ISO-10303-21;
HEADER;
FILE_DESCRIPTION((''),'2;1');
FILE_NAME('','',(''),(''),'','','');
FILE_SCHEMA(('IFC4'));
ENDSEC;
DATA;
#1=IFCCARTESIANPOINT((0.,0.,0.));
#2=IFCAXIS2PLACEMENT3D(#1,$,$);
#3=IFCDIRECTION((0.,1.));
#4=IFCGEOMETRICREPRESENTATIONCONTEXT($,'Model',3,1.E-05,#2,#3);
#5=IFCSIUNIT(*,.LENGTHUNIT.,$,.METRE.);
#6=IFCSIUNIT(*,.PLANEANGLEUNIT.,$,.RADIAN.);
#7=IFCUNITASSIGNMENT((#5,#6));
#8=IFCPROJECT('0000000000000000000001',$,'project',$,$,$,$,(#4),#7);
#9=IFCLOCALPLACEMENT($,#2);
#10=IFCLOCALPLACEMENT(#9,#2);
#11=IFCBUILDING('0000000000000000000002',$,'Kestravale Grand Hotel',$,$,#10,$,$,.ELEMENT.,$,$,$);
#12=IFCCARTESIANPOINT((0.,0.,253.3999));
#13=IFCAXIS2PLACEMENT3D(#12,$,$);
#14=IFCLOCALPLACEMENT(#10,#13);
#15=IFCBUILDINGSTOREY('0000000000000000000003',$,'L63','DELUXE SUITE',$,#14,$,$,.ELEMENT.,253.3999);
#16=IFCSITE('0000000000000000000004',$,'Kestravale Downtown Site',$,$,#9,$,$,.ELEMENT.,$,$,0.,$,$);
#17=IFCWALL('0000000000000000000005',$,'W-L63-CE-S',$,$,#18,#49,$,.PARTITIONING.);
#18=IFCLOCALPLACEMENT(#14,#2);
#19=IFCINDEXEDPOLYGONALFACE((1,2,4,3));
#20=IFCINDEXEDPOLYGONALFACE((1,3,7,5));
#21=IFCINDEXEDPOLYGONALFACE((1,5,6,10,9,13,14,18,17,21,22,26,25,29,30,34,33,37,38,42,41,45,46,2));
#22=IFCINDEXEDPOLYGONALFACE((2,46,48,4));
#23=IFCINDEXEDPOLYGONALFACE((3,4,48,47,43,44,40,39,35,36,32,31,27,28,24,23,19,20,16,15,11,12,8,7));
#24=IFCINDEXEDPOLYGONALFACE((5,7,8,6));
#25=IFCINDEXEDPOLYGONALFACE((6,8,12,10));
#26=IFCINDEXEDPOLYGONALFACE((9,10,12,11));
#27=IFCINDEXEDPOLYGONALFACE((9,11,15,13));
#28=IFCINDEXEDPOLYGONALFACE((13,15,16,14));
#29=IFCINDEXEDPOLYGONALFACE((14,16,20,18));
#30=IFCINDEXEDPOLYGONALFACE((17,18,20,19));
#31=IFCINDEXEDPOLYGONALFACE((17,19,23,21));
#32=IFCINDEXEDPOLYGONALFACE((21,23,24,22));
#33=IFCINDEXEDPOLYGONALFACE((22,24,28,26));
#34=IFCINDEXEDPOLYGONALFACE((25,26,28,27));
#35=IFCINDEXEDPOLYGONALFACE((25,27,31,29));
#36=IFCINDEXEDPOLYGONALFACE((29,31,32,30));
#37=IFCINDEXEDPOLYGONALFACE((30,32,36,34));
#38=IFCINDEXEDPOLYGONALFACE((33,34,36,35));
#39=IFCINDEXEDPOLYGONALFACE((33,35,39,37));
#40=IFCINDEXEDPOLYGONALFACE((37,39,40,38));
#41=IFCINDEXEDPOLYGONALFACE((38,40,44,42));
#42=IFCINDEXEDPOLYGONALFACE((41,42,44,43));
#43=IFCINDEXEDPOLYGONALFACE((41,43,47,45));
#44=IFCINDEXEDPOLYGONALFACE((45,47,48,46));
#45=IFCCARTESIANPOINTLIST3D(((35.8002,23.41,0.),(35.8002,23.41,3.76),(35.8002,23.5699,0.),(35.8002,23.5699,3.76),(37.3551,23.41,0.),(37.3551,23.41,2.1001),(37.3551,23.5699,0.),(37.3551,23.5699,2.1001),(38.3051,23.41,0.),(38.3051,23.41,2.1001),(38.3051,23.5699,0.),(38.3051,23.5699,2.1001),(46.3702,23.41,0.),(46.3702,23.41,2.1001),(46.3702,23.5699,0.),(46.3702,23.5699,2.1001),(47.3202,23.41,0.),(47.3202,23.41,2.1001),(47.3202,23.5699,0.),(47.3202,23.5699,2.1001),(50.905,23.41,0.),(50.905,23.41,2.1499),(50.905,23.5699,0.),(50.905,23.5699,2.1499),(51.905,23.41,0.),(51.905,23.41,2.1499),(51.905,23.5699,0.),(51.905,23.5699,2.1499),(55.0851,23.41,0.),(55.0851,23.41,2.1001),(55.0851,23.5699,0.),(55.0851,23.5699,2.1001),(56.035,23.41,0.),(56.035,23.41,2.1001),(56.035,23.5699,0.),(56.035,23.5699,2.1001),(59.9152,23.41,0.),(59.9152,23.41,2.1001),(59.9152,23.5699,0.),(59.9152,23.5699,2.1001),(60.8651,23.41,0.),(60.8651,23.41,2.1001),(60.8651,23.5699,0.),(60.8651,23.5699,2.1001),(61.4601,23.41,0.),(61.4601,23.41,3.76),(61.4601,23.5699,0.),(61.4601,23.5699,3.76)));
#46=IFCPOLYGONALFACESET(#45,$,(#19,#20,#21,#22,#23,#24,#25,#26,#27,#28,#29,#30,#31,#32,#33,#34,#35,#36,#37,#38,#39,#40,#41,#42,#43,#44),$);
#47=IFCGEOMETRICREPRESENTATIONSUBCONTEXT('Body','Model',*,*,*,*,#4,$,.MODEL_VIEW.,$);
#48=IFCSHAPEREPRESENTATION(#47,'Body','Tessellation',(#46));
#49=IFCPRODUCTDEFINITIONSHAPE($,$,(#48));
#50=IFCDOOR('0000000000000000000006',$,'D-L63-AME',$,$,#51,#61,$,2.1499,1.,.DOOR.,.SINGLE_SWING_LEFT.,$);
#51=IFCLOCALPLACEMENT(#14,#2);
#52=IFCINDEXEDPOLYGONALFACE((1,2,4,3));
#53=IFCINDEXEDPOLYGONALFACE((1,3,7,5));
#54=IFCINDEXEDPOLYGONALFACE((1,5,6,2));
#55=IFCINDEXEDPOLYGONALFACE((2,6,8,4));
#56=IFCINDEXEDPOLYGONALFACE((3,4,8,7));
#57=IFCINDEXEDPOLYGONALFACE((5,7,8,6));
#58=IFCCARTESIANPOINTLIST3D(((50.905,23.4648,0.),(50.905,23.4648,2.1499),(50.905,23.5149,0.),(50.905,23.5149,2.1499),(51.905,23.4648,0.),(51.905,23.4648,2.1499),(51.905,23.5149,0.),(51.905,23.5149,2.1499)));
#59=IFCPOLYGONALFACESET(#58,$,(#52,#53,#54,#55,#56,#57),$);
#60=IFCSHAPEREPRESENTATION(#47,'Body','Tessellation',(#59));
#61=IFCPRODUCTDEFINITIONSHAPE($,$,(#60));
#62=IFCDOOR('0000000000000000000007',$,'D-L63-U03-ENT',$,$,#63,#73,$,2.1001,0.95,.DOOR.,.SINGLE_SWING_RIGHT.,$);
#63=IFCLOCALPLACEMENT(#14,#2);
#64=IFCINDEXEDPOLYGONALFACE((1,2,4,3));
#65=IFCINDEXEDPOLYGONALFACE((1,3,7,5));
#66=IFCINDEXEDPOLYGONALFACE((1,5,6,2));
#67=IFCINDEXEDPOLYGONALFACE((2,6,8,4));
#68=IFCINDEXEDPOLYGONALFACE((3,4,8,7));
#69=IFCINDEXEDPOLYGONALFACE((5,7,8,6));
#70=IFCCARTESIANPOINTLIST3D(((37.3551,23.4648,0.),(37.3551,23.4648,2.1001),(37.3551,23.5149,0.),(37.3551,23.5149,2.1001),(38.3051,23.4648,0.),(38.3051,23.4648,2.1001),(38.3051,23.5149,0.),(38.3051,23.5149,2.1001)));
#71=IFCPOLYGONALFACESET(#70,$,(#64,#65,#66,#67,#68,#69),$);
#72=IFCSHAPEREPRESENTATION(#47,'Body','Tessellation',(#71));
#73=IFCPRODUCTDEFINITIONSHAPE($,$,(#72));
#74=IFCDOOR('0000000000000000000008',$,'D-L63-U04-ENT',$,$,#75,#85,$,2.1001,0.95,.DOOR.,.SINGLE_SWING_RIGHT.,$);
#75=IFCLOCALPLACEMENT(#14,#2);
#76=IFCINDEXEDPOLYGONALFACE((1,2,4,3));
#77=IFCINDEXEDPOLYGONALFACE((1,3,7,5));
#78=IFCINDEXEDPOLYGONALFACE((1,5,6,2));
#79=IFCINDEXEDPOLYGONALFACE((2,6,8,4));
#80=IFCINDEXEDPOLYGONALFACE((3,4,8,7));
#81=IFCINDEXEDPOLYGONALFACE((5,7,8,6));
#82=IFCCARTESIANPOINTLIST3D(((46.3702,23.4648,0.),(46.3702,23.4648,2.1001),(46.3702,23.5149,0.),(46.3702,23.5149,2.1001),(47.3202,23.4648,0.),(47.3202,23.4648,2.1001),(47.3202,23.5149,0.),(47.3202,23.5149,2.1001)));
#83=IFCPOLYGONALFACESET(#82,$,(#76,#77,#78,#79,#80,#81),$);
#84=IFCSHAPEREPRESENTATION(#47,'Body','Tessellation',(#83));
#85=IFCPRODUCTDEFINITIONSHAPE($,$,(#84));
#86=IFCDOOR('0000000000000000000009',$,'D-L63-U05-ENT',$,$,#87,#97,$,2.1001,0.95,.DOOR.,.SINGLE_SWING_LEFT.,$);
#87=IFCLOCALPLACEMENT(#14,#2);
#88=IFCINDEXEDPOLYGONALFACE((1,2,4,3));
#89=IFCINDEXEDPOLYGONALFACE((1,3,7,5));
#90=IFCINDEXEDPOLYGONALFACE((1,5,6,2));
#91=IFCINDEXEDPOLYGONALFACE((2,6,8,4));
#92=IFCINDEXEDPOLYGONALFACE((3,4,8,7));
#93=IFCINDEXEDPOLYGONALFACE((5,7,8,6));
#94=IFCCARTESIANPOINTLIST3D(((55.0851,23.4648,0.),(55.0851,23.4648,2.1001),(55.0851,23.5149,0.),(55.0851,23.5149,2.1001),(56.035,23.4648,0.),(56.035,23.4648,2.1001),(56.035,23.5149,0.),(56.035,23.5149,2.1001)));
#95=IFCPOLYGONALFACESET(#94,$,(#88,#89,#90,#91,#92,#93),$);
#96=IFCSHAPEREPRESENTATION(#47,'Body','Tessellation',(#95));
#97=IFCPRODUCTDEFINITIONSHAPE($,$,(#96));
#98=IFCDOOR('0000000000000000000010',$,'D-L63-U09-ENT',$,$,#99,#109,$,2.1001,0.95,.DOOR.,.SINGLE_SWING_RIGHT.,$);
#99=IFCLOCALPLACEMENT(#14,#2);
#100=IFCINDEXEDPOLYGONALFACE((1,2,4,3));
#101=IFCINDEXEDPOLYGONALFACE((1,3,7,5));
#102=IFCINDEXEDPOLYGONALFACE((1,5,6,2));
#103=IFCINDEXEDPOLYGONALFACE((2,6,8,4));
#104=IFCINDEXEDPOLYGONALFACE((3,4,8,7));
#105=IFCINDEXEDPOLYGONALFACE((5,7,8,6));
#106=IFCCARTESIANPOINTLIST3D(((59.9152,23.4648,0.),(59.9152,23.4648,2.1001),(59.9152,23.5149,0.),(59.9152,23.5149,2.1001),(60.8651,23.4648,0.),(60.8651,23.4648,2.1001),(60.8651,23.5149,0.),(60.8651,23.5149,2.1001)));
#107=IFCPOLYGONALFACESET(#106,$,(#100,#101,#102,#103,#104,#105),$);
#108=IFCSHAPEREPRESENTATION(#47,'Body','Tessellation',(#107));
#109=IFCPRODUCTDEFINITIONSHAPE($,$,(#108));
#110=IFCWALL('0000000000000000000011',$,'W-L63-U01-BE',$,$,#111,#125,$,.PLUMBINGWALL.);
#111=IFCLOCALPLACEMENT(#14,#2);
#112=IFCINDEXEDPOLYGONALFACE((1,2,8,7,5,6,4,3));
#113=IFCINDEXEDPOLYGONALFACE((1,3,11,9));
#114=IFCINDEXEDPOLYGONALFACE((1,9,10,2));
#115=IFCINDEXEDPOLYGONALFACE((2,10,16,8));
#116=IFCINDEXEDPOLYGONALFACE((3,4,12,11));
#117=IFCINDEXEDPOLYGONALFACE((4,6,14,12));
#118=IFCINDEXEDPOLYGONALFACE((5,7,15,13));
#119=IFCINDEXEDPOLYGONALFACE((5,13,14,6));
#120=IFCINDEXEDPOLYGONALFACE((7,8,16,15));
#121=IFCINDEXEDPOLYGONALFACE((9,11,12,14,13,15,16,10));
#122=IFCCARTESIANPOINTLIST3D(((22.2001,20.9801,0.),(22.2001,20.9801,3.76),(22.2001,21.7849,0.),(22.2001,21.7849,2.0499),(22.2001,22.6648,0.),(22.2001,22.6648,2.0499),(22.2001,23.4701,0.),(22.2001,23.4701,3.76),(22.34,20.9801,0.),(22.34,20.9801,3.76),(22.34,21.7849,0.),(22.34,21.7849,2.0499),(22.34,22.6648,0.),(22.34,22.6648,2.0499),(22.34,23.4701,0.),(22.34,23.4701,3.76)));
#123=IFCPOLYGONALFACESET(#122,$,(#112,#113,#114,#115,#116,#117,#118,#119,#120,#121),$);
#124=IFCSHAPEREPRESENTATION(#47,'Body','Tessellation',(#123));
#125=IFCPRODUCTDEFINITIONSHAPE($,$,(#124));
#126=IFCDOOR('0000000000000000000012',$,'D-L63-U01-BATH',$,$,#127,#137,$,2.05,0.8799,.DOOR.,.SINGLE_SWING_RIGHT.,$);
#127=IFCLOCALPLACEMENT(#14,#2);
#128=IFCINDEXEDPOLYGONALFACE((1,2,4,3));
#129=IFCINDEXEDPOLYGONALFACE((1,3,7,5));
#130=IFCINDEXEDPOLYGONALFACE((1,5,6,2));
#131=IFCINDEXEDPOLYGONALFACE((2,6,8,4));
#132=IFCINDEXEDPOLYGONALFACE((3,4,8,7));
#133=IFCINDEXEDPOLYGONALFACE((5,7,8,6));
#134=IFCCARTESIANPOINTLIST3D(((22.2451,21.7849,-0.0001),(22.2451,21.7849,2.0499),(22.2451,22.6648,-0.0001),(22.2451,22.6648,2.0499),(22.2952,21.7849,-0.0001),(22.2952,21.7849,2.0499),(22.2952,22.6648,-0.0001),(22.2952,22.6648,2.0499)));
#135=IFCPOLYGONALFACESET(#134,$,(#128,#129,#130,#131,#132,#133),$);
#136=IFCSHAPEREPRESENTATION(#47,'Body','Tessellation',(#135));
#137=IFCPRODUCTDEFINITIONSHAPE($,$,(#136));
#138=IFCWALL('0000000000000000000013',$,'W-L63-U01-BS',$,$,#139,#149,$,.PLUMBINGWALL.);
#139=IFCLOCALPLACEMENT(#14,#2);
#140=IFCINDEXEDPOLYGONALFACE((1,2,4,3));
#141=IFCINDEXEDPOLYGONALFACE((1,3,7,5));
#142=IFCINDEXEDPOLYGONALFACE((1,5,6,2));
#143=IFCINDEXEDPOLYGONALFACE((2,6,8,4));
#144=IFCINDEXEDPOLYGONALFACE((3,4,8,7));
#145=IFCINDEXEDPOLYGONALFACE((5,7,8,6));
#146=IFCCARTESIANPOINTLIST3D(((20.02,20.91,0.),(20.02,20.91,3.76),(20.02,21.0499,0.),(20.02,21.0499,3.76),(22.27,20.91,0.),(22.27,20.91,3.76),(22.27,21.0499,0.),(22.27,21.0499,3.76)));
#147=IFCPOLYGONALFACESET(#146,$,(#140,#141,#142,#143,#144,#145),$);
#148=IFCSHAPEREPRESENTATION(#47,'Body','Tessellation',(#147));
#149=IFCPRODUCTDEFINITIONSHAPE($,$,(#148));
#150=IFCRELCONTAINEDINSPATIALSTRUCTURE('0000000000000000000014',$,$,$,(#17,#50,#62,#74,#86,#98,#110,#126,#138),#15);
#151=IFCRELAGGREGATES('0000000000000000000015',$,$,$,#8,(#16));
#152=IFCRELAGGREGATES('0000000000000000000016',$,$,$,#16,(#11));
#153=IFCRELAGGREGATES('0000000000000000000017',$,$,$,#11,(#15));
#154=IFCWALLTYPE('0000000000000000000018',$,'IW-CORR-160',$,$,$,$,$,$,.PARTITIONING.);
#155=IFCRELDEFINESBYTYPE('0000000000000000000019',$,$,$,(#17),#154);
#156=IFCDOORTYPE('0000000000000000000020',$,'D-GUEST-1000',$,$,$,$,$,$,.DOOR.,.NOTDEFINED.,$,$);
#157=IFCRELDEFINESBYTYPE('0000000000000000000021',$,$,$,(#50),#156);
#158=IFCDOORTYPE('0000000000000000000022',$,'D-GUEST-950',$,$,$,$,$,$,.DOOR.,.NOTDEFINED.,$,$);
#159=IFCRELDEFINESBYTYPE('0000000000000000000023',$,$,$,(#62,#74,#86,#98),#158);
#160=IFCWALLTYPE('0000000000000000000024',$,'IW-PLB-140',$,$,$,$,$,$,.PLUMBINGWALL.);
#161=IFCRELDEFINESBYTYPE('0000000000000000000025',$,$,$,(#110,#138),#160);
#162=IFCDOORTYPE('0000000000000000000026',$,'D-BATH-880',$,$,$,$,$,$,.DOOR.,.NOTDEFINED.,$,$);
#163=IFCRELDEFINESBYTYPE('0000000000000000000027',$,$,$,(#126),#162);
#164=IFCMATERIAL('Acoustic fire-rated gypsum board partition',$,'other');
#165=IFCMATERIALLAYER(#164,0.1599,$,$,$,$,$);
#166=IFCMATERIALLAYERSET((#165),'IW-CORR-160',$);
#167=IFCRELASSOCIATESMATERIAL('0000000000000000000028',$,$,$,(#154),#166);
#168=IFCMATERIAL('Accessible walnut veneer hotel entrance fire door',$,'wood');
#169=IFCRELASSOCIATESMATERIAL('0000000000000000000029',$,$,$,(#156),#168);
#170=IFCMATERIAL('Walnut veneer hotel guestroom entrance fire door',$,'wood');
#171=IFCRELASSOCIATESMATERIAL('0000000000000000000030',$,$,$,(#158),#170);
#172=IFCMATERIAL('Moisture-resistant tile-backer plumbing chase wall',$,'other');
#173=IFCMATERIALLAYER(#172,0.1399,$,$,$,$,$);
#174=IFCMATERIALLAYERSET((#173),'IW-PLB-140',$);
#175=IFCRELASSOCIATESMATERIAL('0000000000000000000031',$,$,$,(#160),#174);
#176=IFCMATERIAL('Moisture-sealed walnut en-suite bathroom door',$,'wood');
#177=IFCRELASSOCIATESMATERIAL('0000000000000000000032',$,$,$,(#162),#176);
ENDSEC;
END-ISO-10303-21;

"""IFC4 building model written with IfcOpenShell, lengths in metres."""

from ifc_helpers import new_model, si_unit, direction, frame, frame_2d, origin, place, context, subcontext, project, spatial, rectangle, extrude, material, layer, layer_set, type_object, element, fill, save


model = new_model("IFC4")

# Units and contexts
model_context = context("Model", 3, precision=1e-05, world=origin(), true_north=direction((0.0, 1.0)))
body_context = subcontext(model_context, "Body", "Model", "MODEL_VIEW")
ifc_project = project(units=[si_unit("LENGTHUNIT", "METRE"), si_unit("PLANEANGLEUNIT", "RADIAN")], contexts=[model_context])

# Site, building, storey
site_placement = place(None, origin())
site = spatial("IfcSite", under=ifc_project, at=site_placement, Name="Kestravale Downtown Site", CompositionType="ELEMENT", RefElevation=0.0)
building_placement = place(site_placement, origin())
building = spatial("IfcBuilding", under=site, at=building_placement, Name="Kestravale Grand Hotel", CompositionType="ELEMENT")
storey_placement = place(building_placement, frame((0.0, 0.0, 253.3999)))
storey = spatial("IfcBuildingStorey", under=building, at=storey_placement, Name="L63", Description="DELUXE SUITE", CompositionType="ELEMENT", Elevation=253.3999)

# Shared definitions
ifc_material_1 = material(Name="Acoustic fire-rated gypsum board partition", Category="other")
ifc_layer_1 = layer(ifc_material_1, 0.1599)
ifc_layer_set_1 = layer_set([ifc_layer_1], Name="IW-CORR-160")
wall_type_1 = type_object("IfcWallType", Name="IW-CORR-160", PredefinedType="PARTITIONING", material=ifc_layer_set_1)
ifc_material_2 = material(Name="Accessible walnut veneer hotel entrance fire door", Category="wood")
door_type_1 = type_object("IfcDoorType", Name="D-GUEST-1000", OperationType="NOTDEFINED", PredefinedType="DOOR", material=ifc_material_2)

# Wall, openings, doors
wall_1_placement = place(storey_placement, frame((35.8, 23.49, 0.0), z_axis=(0.0, 0.0, 1.0), x_axis=(1.0, 0.0, 0.0)))
wall_1 = element("IfcWall", 1, at=wall_1_placement, inside=storey, type_object=wall_type_1, Name="W-L63-CE-S", PredefinedType="PARTITIONING", context=body_context, shape_type="SweptSolid", body=[
    extrude(rectangle(XDim=25.6599, YDim=0.1599, at=frame_2d((12.8301, 0.0))), origin(), (0.0, 0.0, 1.0), 3.76),
])
opening_1_placement = place(wall_1_placement, frame((1.5549, 0.0, 0.0)))
opening_1 = element("IfcOpeningElement", 2, at=opening_1_placement, cuts=wall_1, PredefinedType="OPENING", context=body_context, shape_type="SweptSolid", body=[
    extrude(rectangle(XDim=0.95, YDim=2.1001, at=frame_2d((0.4751, 1.05))), frame((0.0, 0.0898, 0.0), z_axis=(0.0, -1.0, 0.0), x_axis=(1.0, 0.0, 0.0)), (0.0, 0.0, 1.0), 0.1799),
])
opening_2_placement = place(wall_1_placement, frame((10.5701, 0.0, 0.0)))
opening_2 = element("IfcOpeningElement", 3, at=opening_2_placement, cuts=wall_1, PredefinedType="OPENING", context=body_context, shape_type="SweptSolid", body=[
    extrude(rectangle(XDim=0.95, YDim=2.1001, at=frame_2d((0.4751, 1.05))), frame((0.0, 0.0898, 0.0), z_axis=(0.0, -1.0, 0.0), x_axis=(1.0, 0.0, 0.0)), (0.0, 0.0, 1.0), 0.1799),
])
opening_3_placement = place(wall_1_placement, frame((15.105, 0.0, 0.0)))
opening_3 = element("IfcOpeningElement", 4, at=opening_3_placement, cuts=wall_1, PredefinedType="OPENING", context=body_context, shape_type="SweptSolid", body=[
    extrude(rectangle(XDim=1.0, YDim=2.1499, at=frame_2d((0.5, 1.075))), frame((0.0, 0.0898, 0.0), z_axis=(0.0, -1.0, 0.0), x_axis=(1.0, 0.0, 0.0)), (0.0, 0.0, 1.0), 0.1799),
])
opening_4_placement = place(wall_1_placement, frame((19.2849, 0.0, 0.0)))
opening_4 = element("IfcOpeningElement", 5, at=opening_4_placement, cuts=wall_1, PredefinedType="OPENING", context=body_context, shape_type="SweptSolid", body=[
    extrude(rectangle(XDim=0.95, YDim=2.1001, at=frame_2d((0.4751, 1.05))), frame((0.0, 0.0898, 0.0), z_axis=(0.0, -1.0, 0.0), x_axis=(1.0, 0.0, 0.0)), (0.0, 0.0, 1.0), 0.1799),
])
opening_5_placement = place(wall_1_placement, frame((24.115, 0.0, 0.0)))
opening_5 = element("IfcOpeningElement", 6, at=opening_5_placement, cuts=wall_1, PredefinedType="OPENING", context=body_context, shape_type="SweptSolid", body=[
    extrude(rectangle(XDim=0.95, YDim=2.1001, at=frame_2d((0.4751, 1.05))), frame((0.0, 0.0898, 0.0), z_axis=(0.0, -1.0, 0.0), x_axis=(1.0, 0.0, 0.0)), (0.0, 0.0, 1.0), 0.1799),
])
door_1_placement = place(opening_3_placement, origin())
door_1 = element("IfcDoor", 7, at=door_1_placement, inside=storey, type_object=door_type_1, Name="D-L63-AME", OperationType="SINGLE_SWING_LEFT", OverallHeight=2.1499, OverallWidth=1.0, PredefinedType="DOOR", context=body_context, shape_type="SweptSolid", body=[
    extrude(rectangle(XDim=1.0, YDim=2.1499, at=frame_2d((0.5, 1.075))), frame((0.0, 0.0249, 0.0), z_axis=(0.0, -1.0, 0.0), x_axis=(1.0, 0.0, 0.0)), (0.0, 0.0, 1.0), 0.05),
])
fill(opening_3, door_1)
ifc_material_3 = material(Name="Walnut veneer hotel guestroom entrance fire door", Category="wood")
door_type_2 = type_object("IfcDoorType", Name="D-GUEST-950", OperationType="NOTDEFINED", PredefinedType="DOOR", material=ifc_material_3)
door_2_placement = place(opening_1_placement, origin())
door_2 = element("IfcDoor", 8, at=door_2_placement, inside=storey, type_object=door_type_2, Name="D-L63-U03-ENT", OperationType="SINGLE_SWING_RIGHT", OverallHeight=2.1001, OverallWidth=0.95, PredefinedType="DOOR", context=body_context, shape_type="SweptSolid", body=[
    extrude(rectangle(XDim=0.95, YDim=2.1001, at=frame_2d((0.4751, 1.05))), frame((0.0, 0.0249, 0.0), z_axis=(0.0, -1.0, 0.0), x_axis=(1.0, 0.0, 0.0)), (0.0, 0.0, 1.0), 0.05),
])
fill(opening_1, door_2)
door_3_placement = place(opening_2_placement, origin())
door_3 = element("IfcDoor", 9, at=door_3_placement, inside=storey, type_object=door_type_2, Name="D-L63-U04-ENT", OperationType="SINGLE_SWING_RIGHT", OverallHeight=2.1001, OverallWidth=0.95, PredefinedType="DOOR", context=body_context, shape_type="SweptSolid", body=[
    extrude(rectangle(XDim=0.95, YDim=2.1001, at=frame_2d((0.4751, 1.05))), frame((0.0, 0.0249, 0.0), z_axis=(0.0, -1.0, 0.0), x_axis=(1.0, 0.0, 0.0)), (0.0, 0.0, 1.0), 0.05),
])
fill(opening_2, door_3)
door_4_placement = place(opening_4_placement, origin())
door_4 = element("IfcDoor", 10, at=door_4_placement, inside=storey, type_object=door_type_2, Name="D-L63-U05-ENT", OperationType="SINGLE_SWING_LEFT", OverallHeight=2.1001, OverallWidth=0.95, PredefinedType="DOOR", context=body_context, shape_type="SweptSolid", body=[
    extrude(rectangle(XDim=0.95, YDim=2.1001, at=frame_2d((0.4751, 1.05))), frame((0.0, 0.0249, 0.0), z_axis=(0.0, -1.0, 0.0), x_axis=(1.0, 0.0, 0.0)), (0.0, 0.0, 1.0), 0.05),
])
fill(opening_4, door_4)
door_5_placement = place(opening_5_placement, origin())
door_5 = element("IfcDoor", 11, at=door_5_placement, inside=storey, type_object=door_type_2, Name="D-L63-U09-ENT", OperationType="SINGLE_SWING_RIGHT", OverallHeight=2.1001, OverallWidth=0.95, PredefinedType="DOOR", context=body_context, shape_type="SweptSolid", body=[
    extrude(rectangle(XDim=0.95, YDim=2.1001, at=frame_2d((0.4751, 1.05))), frame((0.0, 0.0249, 0.0), z_axis=(0.0, -1.0, 0.0), x_axis=(1.0, 0.0, 0.0)), (0.0, 0.0, 1.0), 0.05),
])
fill(opening_5, door_5)

# Wall, opening, door
ifc_material_4 = material(Name="Moisture-resistant tile-backer plumbing chase wall", Category="other")
ifc_layer_2 = layer(ifc_material_4, 0.1399)
ifc_layer_set_2 = layer_set([ifc_layer_2], Name="IW-PLB-140")
wall_type_2 = type_object("IfcWallType", Name="IW-PLB-140", PredefinedType="PLUMBINGWALL", material=ifc_layer_set_2)
wall_2_placement = place(storey_placement, frame((22.27, 20.98, 0.0), z_axis=(0.0, 0.0, 1.0), x_axis=(0.0, 1.0, 0.0)))
wall_2 = element("IfcWall", 12, at=wall_2_placement, inside=storey, type_object=wall_type_2, Name="W-L63-U01-BE", PredefinedType="PLUMBINGWALL", context=body_context, shape_type="SweptSolid", body=[
    extrude(rectangle(XDim=2.49, YDim=0.1399, at=frame_2d((1.2451, 0.0))), origin(), (0.0, 0.0, 1.0), 3.76),
])
opening_6_placement = place(wall_2_placement, frame((0.8049, 0.0, 0.0)))
opening_6 = element("IfcOpeningElement", 13, at=opening_6_placement, cuts=wall_2, PredefinedType="OPENING", context=body_context, shape_type="SweptSolid", body=[
    extrude(rectangle(XDim=0.8799, YDim=2.05, at=frame_2d((0.4399, 1.0249))), frame((0.0, 0.0798, 0.0), z_axis=(0.0, -1.0, 0.0), x_axis=(1.0, 0.0, 0.0)), (0.0, 0.0, 1.0), 0.1599),
])
ifc_material_5 = material(Name="Moisture-sealed walnut en-suite bathroom door", Category="wood")
door_type_3 = type_object("IfcDoorType", Name="D-BATH-880", OperationType="NOTDEFINED", PredefinedType="DOOR", material=ifc_material_5)
door_6_placement = place(opening_6_placement, origin())
door_6 = element("IfcDoor", 14, at=door_6_placement, inside=storey, type_object=door_type_3, Name="D-L63-U01-BATH", OperationType="SINGLE_SWING_RIGHT", OverallHeight=2.05, OverallWidth=0.8799, PredefinedType="DOOR", context=body_context, shape_type="SweptSolid", body=[
    extrude(rectangle(XDim=0.8799, YDim=2.05, at=frame_2d((0.4399, 1.0249))), frame((0.0, 0.0249, 0.0), z_axis=(0.0, -1.0, 0.0), x_axis=(1.0, 0.0, 0.0)), (0.0, 0.0, 1.0), 0.05),
])
fill(opening_6, door_6)

# Wall
wall_3_placement = place(storey_placement, frame((20.02, 20.98, 0.0), z_axis=(0.0, 0.0, 1.0), x_axis=(1.0, 0.0, 0.0)))
element("IfcWall", 15, at=wall_3_placement, inside=storey, type_object=wall_type_2, Name="W-L63-U01-BS", PredefinedType="PLUMBINGWALL", context=body_context, shape_type="SweptSolid", body=[
    extrude(rectangle(XDim=2.25, YDim=0.1399, at=frame_2d((1.125, 0.0))), origin(), (0.0, 0.0, 1.0), 3.76),
])

save(model, "model.ifc")
